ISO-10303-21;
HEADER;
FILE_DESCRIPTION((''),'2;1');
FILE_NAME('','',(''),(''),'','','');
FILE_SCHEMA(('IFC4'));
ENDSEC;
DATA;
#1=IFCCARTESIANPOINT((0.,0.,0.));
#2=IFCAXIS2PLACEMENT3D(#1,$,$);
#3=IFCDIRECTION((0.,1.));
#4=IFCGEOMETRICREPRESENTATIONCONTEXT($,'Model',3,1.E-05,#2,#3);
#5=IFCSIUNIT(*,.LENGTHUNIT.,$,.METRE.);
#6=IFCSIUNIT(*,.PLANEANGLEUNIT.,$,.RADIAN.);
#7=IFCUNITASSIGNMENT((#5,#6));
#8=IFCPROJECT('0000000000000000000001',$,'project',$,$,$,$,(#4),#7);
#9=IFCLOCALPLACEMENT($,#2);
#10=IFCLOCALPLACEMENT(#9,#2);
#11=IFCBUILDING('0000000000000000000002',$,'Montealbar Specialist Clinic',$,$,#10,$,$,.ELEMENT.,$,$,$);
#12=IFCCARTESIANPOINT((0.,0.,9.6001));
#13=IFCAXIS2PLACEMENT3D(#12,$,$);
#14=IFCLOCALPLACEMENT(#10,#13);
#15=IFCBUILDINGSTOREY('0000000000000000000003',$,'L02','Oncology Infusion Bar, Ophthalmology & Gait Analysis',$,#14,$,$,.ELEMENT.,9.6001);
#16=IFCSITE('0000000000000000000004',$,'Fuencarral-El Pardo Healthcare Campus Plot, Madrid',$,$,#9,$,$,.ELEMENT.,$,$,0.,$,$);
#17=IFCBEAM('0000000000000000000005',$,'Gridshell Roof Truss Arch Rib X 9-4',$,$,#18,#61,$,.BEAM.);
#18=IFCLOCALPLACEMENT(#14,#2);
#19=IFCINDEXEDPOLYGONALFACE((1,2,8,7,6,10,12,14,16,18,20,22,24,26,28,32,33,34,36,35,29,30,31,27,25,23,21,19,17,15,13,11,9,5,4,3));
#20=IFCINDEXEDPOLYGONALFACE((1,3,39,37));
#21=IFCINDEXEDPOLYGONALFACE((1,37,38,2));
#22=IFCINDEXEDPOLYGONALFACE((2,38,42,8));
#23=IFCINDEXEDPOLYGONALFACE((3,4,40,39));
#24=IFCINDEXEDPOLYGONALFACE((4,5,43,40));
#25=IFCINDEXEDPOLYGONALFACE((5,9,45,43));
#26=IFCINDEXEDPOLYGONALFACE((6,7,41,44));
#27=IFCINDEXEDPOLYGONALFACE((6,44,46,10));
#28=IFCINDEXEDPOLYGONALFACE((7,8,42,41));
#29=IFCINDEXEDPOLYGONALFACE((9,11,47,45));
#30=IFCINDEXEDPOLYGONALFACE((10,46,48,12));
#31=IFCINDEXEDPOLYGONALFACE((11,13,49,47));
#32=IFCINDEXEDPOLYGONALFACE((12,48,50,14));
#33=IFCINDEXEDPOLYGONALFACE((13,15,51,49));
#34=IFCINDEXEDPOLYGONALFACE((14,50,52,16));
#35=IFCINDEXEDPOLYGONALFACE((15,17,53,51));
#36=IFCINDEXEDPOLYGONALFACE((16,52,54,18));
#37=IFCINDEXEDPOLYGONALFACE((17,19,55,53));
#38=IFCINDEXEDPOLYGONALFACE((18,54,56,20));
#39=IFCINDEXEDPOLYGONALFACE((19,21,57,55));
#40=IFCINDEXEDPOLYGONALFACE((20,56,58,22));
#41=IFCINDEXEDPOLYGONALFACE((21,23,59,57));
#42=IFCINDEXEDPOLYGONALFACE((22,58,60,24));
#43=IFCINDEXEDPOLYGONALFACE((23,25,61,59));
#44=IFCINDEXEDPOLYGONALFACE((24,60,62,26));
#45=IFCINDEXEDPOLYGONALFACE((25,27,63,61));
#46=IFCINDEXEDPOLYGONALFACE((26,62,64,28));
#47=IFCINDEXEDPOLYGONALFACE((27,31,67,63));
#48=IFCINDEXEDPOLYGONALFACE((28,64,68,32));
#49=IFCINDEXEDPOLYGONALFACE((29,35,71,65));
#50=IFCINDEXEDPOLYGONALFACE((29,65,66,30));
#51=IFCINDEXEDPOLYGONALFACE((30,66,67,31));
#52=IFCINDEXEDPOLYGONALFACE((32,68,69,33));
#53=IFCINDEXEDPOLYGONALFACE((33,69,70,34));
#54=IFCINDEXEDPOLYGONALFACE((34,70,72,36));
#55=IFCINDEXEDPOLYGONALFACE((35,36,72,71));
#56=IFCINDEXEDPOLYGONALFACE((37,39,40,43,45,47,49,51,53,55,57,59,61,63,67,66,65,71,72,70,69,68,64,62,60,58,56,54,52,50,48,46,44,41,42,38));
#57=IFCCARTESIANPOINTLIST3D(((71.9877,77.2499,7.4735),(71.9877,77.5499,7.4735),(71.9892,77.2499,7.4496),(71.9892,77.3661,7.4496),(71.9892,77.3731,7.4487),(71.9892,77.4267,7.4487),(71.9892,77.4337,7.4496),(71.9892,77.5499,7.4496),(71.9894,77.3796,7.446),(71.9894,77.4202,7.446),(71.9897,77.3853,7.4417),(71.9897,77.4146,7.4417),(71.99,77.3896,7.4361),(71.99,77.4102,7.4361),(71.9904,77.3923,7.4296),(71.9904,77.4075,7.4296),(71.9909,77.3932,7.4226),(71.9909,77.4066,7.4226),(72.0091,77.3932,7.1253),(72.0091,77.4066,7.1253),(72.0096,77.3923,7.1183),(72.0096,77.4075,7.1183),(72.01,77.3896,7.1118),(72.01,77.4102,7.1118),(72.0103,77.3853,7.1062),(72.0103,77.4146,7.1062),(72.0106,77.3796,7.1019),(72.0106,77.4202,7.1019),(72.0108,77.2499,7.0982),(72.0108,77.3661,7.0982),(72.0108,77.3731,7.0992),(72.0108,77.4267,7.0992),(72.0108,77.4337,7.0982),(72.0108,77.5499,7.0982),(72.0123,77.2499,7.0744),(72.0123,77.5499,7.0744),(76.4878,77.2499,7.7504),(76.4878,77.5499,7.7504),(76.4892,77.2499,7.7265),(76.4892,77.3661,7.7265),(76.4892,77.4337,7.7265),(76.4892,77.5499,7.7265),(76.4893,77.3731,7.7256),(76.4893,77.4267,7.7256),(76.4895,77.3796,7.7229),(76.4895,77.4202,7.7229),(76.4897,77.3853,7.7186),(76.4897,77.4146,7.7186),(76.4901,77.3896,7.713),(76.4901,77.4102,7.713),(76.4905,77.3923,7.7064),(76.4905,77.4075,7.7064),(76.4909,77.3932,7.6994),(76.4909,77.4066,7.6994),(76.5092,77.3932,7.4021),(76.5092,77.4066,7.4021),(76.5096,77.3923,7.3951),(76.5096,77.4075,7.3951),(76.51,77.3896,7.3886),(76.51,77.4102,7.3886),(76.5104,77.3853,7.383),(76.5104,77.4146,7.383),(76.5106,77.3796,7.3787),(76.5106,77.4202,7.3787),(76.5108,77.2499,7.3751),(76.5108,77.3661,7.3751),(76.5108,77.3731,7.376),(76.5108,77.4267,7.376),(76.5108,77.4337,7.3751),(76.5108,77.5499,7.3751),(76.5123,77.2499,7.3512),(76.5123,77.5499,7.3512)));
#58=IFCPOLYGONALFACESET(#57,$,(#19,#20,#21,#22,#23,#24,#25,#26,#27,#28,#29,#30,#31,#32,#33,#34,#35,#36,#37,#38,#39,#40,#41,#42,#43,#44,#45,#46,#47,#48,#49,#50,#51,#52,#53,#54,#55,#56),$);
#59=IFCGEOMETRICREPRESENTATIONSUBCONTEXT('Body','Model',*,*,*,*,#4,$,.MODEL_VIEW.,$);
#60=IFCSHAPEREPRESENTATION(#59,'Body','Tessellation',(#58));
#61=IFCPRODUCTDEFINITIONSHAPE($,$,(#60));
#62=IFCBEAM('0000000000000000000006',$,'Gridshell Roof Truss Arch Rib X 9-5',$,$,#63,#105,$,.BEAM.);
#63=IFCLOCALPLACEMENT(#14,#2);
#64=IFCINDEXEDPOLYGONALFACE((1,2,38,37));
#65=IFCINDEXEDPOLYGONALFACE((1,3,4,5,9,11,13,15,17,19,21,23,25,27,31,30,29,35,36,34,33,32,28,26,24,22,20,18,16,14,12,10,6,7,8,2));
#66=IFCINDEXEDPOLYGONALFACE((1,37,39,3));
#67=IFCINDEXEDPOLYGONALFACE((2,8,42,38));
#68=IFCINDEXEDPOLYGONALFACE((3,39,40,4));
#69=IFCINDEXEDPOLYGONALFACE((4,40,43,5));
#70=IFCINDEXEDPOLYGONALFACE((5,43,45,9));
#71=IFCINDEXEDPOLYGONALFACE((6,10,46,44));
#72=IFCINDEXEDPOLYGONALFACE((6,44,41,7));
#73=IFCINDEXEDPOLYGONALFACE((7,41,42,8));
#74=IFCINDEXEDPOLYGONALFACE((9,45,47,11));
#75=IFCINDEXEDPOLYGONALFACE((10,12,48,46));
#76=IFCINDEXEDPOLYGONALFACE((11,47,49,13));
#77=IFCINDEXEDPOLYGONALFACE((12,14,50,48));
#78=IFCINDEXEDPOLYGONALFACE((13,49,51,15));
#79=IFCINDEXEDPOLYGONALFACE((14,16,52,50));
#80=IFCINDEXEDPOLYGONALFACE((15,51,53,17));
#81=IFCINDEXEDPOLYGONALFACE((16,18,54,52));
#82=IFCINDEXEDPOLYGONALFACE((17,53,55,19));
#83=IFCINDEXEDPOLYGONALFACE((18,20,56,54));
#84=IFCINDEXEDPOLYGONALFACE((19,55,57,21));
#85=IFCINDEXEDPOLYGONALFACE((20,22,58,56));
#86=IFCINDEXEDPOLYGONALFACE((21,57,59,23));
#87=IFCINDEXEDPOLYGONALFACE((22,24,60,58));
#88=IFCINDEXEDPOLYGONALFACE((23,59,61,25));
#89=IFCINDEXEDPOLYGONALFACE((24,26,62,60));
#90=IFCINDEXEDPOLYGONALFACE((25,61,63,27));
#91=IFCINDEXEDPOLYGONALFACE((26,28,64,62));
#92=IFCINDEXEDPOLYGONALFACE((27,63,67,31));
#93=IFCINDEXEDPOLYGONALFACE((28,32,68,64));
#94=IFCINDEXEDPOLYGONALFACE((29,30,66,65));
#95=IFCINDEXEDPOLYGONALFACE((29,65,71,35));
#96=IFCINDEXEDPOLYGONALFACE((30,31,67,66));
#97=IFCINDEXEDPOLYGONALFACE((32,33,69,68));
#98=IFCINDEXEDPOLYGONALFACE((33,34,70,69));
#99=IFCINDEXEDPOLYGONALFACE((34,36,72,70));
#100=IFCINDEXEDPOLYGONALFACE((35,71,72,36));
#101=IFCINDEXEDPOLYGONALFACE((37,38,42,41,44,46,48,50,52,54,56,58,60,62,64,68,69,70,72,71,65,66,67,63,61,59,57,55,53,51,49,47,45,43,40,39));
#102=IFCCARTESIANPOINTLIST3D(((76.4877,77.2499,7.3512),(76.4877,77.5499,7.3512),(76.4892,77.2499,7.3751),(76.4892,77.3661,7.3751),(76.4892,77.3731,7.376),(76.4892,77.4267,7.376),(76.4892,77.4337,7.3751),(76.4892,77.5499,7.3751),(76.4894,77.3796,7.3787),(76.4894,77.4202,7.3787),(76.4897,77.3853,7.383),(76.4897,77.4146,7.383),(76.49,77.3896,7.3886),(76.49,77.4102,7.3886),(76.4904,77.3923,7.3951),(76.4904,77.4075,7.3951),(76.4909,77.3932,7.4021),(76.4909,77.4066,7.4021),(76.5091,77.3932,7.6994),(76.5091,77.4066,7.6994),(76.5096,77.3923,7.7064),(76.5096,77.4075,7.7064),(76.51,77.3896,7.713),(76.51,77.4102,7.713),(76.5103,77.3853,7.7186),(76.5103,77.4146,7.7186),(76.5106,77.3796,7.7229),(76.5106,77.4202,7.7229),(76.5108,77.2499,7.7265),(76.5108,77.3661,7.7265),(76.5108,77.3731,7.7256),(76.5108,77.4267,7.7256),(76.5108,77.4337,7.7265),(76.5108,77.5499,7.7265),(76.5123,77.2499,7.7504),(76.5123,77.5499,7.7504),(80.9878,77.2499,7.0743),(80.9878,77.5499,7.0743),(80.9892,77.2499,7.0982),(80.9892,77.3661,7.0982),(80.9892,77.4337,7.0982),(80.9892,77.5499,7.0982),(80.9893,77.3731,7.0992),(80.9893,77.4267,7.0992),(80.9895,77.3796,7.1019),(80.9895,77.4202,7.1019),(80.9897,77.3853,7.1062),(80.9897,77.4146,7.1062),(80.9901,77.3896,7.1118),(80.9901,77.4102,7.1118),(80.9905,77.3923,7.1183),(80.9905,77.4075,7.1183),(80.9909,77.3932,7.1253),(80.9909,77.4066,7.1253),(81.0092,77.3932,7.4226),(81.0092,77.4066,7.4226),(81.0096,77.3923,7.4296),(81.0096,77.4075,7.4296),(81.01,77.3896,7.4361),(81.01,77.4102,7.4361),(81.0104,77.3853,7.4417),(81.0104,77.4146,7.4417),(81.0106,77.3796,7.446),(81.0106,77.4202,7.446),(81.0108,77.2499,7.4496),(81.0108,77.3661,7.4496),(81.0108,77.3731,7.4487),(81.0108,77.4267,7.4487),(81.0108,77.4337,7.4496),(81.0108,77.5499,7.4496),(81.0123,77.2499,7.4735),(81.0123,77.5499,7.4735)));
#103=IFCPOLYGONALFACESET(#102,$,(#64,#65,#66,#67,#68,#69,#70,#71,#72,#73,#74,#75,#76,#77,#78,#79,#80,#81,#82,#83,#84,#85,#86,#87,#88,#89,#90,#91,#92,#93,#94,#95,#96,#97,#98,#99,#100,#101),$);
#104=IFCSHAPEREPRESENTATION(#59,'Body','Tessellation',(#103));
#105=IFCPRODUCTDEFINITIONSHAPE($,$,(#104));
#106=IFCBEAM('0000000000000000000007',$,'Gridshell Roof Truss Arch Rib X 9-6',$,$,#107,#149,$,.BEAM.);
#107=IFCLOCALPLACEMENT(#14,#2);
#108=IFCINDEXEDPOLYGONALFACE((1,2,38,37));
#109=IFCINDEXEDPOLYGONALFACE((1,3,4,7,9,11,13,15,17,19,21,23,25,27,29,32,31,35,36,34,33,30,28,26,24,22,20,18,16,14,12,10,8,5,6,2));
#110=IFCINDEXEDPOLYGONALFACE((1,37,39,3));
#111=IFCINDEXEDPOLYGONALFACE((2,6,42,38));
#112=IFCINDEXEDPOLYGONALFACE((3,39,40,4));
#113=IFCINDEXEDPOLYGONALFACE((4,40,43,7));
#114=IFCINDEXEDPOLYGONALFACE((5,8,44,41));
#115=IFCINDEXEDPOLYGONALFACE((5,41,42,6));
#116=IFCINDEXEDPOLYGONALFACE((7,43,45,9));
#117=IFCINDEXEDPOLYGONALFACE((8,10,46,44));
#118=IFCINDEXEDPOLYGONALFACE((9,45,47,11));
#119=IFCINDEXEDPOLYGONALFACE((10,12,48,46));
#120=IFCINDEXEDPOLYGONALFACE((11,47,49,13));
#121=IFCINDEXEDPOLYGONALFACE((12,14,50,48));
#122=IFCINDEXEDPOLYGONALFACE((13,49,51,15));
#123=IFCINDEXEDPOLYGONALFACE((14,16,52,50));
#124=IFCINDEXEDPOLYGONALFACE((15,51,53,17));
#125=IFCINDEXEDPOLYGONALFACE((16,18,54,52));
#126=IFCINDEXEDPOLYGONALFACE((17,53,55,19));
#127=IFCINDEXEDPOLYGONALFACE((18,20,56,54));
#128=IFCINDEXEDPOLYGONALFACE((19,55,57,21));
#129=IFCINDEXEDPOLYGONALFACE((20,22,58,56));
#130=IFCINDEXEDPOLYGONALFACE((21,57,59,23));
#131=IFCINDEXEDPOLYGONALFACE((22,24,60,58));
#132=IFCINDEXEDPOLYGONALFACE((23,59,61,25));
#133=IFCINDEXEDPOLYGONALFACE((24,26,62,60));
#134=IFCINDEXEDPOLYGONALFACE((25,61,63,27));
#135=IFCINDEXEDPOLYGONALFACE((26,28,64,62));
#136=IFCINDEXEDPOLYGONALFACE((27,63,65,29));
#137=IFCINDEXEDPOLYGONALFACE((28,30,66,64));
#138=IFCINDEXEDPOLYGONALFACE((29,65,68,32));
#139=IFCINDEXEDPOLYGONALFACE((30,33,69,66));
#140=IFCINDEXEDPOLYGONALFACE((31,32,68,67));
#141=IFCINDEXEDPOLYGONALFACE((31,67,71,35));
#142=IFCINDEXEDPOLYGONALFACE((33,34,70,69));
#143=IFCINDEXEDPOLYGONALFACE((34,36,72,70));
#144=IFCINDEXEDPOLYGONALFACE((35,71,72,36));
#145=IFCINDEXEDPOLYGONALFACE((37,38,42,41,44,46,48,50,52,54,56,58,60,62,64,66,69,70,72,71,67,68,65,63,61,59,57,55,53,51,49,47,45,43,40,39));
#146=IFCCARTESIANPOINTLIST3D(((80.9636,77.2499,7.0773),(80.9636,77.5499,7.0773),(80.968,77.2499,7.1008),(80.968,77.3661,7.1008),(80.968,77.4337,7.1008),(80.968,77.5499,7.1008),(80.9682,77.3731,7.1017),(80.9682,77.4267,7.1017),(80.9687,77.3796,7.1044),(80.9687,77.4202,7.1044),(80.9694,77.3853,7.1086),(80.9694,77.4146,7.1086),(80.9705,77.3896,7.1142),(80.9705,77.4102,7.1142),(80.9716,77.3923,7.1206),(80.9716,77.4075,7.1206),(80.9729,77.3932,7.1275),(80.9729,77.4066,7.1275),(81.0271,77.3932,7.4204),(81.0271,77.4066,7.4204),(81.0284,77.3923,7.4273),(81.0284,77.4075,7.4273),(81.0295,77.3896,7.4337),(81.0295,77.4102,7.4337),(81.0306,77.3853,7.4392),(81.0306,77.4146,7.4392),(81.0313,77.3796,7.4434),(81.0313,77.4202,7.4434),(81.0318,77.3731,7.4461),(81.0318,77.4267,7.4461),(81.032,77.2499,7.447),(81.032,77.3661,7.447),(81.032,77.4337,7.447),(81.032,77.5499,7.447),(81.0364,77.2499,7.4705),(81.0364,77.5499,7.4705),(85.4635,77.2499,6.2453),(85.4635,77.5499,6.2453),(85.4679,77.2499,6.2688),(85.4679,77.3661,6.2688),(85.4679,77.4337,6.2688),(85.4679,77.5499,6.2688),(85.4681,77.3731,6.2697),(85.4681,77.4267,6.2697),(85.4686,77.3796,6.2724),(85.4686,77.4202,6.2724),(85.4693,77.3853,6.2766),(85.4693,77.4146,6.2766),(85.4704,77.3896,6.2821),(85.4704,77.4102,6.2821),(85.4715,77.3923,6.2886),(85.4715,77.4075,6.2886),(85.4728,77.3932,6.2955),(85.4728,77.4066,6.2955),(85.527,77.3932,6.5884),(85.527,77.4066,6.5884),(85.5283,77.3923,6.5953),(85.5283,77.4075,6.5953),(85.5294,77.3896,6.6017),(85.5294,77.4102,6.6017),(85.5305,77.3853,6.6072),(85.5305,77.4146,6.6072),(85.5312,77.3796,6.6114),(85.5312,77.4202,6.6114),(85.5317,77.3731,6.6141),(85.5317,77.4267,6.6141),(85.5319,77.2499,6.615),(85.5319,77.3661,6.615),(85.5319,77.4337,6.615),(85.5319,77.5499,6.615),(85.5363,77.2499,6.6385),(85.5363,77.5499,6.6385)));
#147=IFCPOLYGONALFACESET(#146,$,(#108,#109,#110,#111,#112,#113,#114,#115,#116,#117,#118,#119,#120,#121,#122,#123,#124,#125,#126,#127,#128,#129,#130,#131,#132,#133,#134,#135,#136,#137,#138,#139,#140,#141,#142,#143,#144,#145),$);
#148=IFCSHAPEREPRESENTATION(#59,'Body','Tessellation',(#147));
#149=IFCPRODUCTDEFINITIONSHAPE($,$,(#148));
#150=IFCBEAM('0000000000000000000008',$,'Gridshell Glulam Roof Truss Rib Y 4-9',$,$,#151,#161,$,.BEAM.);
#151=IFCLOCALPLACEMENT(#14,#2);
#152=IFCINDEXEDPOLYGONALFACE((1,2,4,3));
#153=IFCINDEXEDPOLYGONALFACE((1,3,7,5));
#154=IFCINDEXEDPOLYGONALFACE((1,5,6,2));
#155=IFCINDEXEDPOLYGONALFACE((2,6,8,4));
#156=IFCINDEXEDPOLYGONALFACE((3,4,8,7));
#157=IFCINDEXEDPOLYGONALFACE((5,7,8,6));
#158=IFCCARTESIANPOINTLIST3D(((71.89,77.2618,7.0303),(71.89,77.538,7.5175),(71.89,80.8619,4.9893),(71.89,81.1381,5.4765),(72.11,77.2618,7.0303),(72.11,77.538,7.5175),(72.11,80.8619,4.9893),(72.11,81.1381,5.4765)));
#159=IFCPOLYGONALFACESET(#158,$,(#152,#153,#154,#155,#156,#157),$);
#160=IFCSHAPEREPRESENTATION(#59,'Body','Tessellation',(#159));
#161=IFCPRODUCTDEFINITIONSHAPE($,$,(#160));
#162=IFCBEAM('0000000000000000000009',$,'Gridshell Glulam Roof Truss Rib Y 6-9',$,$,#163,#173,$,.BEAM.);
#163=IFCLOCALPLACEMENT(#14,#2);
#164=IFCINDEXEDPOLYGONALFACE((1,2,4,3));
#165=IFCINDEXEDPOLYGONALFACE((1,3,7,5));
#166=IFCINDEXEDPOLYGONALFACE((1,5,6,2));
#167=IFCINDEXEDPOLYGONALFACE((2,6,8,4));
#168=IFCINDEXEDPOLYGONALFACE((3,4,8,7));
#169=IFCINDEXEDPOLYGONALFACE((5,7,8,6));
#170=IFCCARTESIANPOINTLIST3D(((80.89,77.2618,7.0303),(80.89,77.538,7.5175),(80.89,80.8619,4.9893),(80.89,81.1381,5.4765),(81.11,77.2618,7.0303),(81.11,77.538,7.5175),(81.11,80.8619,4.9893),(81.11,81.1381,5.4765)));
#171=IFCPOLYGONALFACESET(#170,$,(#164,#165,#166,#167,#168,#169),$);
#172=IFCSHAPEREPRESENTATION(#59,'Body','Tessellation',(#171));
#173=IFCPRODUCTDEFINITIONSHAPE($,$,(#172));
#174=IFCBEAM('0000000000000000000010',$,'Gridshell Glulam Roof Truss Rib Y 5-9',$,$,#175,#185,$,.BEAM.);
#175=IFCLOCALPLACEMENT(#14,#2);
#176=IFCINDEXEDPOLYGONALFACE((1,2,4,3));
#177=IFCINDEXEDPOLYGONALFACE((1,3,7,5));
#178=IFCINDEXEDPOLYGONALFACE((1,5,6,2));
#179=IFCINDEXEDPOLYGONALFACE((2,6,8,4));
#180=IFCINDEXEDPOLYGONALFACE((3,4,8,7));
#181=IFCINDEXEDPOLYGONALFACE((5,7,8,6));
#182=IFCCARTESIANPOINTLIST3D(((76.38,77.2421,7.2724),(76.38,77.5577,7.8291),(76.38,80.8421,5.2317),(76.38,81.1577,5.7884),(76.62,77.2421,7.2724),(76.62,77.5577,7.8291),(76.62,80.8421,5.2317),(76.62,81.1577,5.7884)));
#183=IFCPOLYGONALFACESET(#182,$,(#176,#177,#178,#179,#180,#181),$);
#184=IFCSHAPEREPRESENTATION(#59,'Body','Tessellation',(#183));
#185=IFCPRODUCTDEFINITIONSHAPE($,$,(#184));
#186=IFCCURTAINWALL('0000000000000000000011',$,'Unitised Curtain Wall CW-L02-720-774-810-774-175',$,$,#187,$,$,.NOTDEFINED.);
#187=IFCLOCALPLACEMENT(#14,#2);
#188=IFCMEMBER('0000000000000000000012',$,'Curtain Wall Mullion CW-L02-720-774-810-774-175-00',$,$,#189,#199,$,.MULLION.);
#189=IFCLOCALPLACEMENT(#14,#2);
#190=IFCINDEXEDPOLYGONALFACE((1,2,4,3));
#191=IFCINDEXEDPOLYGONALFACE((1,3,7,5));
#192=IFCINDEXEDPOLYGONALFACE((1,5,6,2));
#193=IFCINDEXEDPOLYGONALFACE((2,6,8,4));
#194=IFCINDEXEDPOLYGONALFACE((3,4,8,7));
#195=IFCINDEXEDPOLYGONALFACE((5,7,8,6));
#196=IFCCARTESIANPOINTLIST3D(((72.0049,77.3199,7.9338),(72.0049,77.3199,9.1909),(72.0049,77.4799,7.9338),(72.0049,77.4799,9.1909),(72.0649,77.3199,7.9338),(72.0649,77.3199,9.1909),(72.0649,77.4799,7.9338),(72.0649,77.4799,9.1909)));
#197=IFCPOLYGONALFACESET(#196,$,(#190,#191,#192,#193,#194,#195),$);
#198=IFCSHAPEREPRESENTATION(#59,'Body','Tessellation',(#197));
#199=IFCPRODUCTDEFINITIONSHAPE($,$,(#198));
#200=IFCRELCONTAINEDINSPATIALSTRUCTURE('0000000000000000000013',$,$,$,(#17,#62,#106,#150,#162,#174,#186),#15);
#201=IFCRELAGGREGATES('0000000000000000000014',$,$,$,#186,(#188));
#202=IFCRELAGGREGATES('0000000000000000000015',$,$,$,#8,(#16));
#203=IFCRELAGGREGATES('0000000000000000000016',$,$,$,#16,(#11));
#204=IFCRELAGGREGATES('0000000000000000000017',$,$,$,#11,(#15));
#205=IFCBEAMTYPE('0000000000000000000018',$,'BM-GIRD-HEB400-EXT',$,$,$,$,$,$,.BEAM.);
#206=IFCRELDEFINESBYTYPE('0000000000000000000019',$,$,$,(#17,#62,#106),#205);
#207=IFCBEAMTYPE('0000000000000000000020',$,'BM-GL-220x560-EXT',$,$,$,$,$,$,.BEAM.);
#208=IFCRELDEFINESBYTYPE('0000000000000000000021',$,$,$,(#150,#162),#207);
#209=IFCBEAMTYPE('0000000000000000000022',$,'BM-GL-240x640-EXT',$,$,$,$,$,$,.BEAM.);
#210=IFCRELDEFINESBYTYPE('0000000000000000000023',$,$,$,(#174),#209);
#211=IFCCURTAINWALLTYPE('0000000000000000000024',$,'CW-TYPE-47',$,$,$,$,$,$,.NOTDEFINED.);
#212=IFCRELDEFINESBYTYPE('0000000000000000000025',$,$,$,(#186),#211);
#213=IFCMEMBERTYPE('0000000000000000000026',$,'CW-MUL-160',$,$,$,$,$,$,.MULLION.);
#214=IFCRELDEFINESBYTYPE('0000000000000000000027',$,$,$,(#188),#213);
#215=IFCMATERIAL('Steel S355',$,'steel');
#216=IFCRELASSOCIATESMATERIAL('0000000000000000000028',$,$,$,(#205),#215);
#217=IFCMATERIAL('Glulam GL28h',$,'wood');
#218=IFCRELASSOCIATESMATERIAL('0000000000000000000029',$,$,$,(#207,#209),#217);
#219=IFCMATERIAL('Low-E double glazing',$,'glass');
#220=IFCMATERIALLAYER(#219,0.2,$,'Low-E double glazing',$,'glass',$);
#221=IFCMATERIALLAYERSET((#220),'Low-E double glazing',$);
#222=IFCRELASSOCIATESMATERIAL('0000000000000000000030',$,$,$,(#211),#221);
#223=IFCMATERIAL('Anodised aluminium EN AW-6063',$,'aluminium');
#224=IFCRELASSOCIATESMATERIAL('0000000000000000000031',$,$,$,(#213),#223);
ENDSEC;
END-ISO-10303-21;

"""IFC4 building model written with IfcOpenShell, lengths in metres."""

from ifc_helpers import new_model, si_unit, direction, frame, origin, origin_2d, place, context, subcontext, project, spatial, rectangle, i_section, extrude, material, layer, layer_set, material_profile, profile_set, type_object, element, aggregate, save


model = new_model("IFC4")

# Units and contexts
model_context = context("Model", 3, precision=1e-05, world=origin(), true_north=direction((0.0, 1.0)))
body_context = subcontext(model_context, "Body", "Model", "MODEL_VIEW")
ifc_project = project(units=[si_unit("LENGTHUNIT", "METRE"), si_unit("PLANEANGLEUNIT", "RADIAN")], contexts=[model_context])

# Site, building, storey
site_placement = place(None, origin())
site = spatial("IfcSite", under=ifc_project, at=site_placement, Name="Fuencarral-El Pardo Healthcare Campus Plot, Madrid", CompositionType="ELEMENT", RefElevation=0.0)
building_placement = place(site_placement, origin())
building = spatial("IfcBuilding", under=site, at=building_placement, Name="Montealbar Specialist Clinic", CompositionType="ELEMENT")
storey_placement = place(building_placement, frame((0.0, 0.0, 9.6001)))
storey = spatial("IfcBuildingStorey", under=building, at=storey_placement, Name="L02", Description="Oncology Infusion Bar, Ophthalmology & Gait Analysis", CompositionType="ELEMENT", Elevation=9.6001)

# Beams
ifc_material_1 = material(Name="Steel S355", Category="steel")
ifc_material_profile_1 = material_profile(ifc_material_1, i_section(OverallWidth=0.3, OverallDepth=0.3999, WebThickness=0.0134, FlangeThickness=0.0239, FilletRadius=0.0271, at=origin_2d()), Name="HEB 400", Category="steel")
ifc_profile_set_1 = profile_set([ifc_material_profile_1], Name="Steel S355")
beam_type_1 = type_object("IfcBeamType", Name="BM-GIRD-HEB400-EXT", PredefinedType="BEAM", material=ifc_profile_set_1)
for number, where, z_axis, x_axis, name in (
    (1, (72.0, 77.3999, 7.2739), (0.998113, 0.0, 0.061407), (0.0, 1.0, 0.0), "Gridshell Roof Truss Arch Rib X 9-4"),
    (2, (76.5, 77.3999, 7.5508), (0.998113, 0.0, -0.061407), (0.0, 1.0, 0.0), "Gridshell Roof Truss Arch Rib X 9-5"),
):
    element("IfcBeam", number, at=place(storey_placement, frame(where, z_axis=z_axis, x_axis=x_axis)), inside=storey, type_object=beam_type_1, Name=name, PredefinedType="BEAM", context=body_context, shape_type="SweptSolid", body=[
        extrude(i_section(OverallWidth=0.3, OverallDepth=0.3999, WebThickness=0.0134, FlangeThickness=0.0239, FilletRadius=0.0271, at=origin_2d()), origin(), (0.0, 0.0, 1.0), 4.5085),
    ])
beam_1_placement = place(storey_placement, frame((81.0, 77.3999, 7.2739), z_axis=(0.983333, 0.0, -0.181814), x_axis=(0.0, 1.0, 0.0)))
element("IfcBeam", 3, at=beam_1_placement, inside=storey, type_object=beam_type_1, Name="Gridshell Roof Truss Arch Rib X 9-6", PredefinedType="BEAM", context=body_context, shape_type="SweptSolid", body=[
    extrude(i_section(OverallWidth=0.3, OverallDepth=0.3999, WebThickness=0.0134, FlangeThickness=0.0239, FilletRadius=0.0271, at=origin_2d()), origin(), (0.0, 0.0, 1.0), 4.5762),
])
ifc_material_2 = material(Name="Glulam GL28h", Category="wood")
ifc_material_profile_2 = material_profile(ifc_material_2, rectangle(XDim=0.22, YDim=0.5601, at=origin_2d()), Name="GL28h 220x560", Category="wood")
ifc_profile_set_2 = profile_set([ifc_material_profile_2], Name="Glulam GL28h")
beam_type_2 = type_object("IfcBeamType", Name="BM-GL-220x560-EXT", PredefinedType="BEAM", material=ifc_profile_set_2)
for number, where, z_axis, x_axis, name in (
    (4, (72.0, 77.3999, 7.2739), (0.0, 0.869923, -0.493188), (-1.0, 0.0, 0.0), "Gridshell Glulam Roof Truss Rib Y 4-9"),
    (5, (81.0, 77.3999, 7.2739), (0.0, 0.869923, -0.493188), (-1.0, 0.0, 0.0), "Gridshell Glulam Roof Truss Rib Y 6-9"),
):
    element("IfcBeam", number, at=place(storey_placement, frame(where, z_axis=z_axis, x_axis=x_axis)), inside=storey, type_object=beam_type_2, Name=name, PredefinedType="BEAM", context=body_context, shape_type="SweptSolid", body=[
        extrude(rectangle(XDim=0.22, YDim=0.5601, at=origin_2d()), origin(), (0.0, 0.0, 1.0), 4.1384),
    ])
ifc_material_profile_3 = material_profile(ifc_material_2, rectangle(XDim=0.24, YDim=0.6399, at=origin_2d()), Name="GL28h 240x640", Category="wood")
ifc_profile_set_3 = profile_set([ifc_material_profile_3], Name="Glulam GL28h")
beam_type_3 = type_object("IfcBeamType", Name="BM-GL-240x640-EXT", PredefinedType="BEAM", material=ifc_profile_set_3)
beam_2_placement = place(storey_placement, frame((76.5, 77.3999, 7.5508), z_axis=(0.0, 0.869948, -0.493144), x_axis=(-1.0, 0.0, 0.0)))
element("IfcBeam", 6, at=beam_2_placement, inside=storey, type_object=beam_type_3, Name="Gridshell Glulam Roof Truss Rib Y 5-9", PredefinedType="BEAM", context=body_context, shape_type="SweptSolid", body=[
    extrude(rectangle(XDim=0.24, YDim=0.6399, at=origin_2d()), origin(), (0.0, 0.0, 1.0), 4.1382),
])

# Curtain wall, member
ifc_material_3 = material(Name="Low-E double glazing", Category="glass")
ifc_layer_1 = layer(ifc_material_3, 0.2, Name="Low-E double glazing", Category="glass")
ifc_layer_set_1 = layer_set([ifc_layer_1], Name="Low-E double glazing")
curtain_wall_type = type_object("IfcCurtainWallType", Name="CW-TYPE-47", PredefinedType="NOTDEFINED", material=ifc_layer_set_1)
curtain_wall_placement = place(storey_placement, origin())
curtain_wall = element("IfcCurtainWall", 7, at=curtain_wall_placement, inside=storey, type_object=curtain_wall_type, Name="Unitised Curtain Wall CW-L02-720-774-810-774-175", PredefinedType="NOTDEFINED")
ifc_material_4 = material(Name="Anodised aluminium EN AW-6063", Category="aluminium")
ifc_material_profile_4 = material_profile(ifc_material_4, rectangle(XDim=0.0601, YDim=0.1599, at=origin_2d()), Name="ALU 60x160", Category="aluminium")
ifc_profile_set_4 = profile_set([ifc_material_profile_4], Name="Anodised aluminium EN AW-6063")
member_type_1 = type_object("IfcMemberType", Name="CW-MUL-160", PredefinedType="MULLION", material=ifc_profile_set_4)
member_1_placement = place(storey_placement, frame((72.0349, 77.3999, 7.9338), z_axis=(0.0, 0.0, 1.0), x_axis=(1.0, 0.0, 0.0)))
member_1 = element("IfcMember", 8, at=member_1_placement, type_object=member_type_1, Name="Curtain Wall Mullion CW-L02-720-774-810-774-175-00", PredefinedType="MULLION", context=body_context, shape_type="SweptSolid", body=[
    extrude(rectangle(XDim=0.0601, YDim=0.1599, at=origin_2d()), origin(), (0.0, 0.0, 1.0), 1.2571),
])

aggregate(curtain_wall, [member_1])

save(model, "model.ifc")
